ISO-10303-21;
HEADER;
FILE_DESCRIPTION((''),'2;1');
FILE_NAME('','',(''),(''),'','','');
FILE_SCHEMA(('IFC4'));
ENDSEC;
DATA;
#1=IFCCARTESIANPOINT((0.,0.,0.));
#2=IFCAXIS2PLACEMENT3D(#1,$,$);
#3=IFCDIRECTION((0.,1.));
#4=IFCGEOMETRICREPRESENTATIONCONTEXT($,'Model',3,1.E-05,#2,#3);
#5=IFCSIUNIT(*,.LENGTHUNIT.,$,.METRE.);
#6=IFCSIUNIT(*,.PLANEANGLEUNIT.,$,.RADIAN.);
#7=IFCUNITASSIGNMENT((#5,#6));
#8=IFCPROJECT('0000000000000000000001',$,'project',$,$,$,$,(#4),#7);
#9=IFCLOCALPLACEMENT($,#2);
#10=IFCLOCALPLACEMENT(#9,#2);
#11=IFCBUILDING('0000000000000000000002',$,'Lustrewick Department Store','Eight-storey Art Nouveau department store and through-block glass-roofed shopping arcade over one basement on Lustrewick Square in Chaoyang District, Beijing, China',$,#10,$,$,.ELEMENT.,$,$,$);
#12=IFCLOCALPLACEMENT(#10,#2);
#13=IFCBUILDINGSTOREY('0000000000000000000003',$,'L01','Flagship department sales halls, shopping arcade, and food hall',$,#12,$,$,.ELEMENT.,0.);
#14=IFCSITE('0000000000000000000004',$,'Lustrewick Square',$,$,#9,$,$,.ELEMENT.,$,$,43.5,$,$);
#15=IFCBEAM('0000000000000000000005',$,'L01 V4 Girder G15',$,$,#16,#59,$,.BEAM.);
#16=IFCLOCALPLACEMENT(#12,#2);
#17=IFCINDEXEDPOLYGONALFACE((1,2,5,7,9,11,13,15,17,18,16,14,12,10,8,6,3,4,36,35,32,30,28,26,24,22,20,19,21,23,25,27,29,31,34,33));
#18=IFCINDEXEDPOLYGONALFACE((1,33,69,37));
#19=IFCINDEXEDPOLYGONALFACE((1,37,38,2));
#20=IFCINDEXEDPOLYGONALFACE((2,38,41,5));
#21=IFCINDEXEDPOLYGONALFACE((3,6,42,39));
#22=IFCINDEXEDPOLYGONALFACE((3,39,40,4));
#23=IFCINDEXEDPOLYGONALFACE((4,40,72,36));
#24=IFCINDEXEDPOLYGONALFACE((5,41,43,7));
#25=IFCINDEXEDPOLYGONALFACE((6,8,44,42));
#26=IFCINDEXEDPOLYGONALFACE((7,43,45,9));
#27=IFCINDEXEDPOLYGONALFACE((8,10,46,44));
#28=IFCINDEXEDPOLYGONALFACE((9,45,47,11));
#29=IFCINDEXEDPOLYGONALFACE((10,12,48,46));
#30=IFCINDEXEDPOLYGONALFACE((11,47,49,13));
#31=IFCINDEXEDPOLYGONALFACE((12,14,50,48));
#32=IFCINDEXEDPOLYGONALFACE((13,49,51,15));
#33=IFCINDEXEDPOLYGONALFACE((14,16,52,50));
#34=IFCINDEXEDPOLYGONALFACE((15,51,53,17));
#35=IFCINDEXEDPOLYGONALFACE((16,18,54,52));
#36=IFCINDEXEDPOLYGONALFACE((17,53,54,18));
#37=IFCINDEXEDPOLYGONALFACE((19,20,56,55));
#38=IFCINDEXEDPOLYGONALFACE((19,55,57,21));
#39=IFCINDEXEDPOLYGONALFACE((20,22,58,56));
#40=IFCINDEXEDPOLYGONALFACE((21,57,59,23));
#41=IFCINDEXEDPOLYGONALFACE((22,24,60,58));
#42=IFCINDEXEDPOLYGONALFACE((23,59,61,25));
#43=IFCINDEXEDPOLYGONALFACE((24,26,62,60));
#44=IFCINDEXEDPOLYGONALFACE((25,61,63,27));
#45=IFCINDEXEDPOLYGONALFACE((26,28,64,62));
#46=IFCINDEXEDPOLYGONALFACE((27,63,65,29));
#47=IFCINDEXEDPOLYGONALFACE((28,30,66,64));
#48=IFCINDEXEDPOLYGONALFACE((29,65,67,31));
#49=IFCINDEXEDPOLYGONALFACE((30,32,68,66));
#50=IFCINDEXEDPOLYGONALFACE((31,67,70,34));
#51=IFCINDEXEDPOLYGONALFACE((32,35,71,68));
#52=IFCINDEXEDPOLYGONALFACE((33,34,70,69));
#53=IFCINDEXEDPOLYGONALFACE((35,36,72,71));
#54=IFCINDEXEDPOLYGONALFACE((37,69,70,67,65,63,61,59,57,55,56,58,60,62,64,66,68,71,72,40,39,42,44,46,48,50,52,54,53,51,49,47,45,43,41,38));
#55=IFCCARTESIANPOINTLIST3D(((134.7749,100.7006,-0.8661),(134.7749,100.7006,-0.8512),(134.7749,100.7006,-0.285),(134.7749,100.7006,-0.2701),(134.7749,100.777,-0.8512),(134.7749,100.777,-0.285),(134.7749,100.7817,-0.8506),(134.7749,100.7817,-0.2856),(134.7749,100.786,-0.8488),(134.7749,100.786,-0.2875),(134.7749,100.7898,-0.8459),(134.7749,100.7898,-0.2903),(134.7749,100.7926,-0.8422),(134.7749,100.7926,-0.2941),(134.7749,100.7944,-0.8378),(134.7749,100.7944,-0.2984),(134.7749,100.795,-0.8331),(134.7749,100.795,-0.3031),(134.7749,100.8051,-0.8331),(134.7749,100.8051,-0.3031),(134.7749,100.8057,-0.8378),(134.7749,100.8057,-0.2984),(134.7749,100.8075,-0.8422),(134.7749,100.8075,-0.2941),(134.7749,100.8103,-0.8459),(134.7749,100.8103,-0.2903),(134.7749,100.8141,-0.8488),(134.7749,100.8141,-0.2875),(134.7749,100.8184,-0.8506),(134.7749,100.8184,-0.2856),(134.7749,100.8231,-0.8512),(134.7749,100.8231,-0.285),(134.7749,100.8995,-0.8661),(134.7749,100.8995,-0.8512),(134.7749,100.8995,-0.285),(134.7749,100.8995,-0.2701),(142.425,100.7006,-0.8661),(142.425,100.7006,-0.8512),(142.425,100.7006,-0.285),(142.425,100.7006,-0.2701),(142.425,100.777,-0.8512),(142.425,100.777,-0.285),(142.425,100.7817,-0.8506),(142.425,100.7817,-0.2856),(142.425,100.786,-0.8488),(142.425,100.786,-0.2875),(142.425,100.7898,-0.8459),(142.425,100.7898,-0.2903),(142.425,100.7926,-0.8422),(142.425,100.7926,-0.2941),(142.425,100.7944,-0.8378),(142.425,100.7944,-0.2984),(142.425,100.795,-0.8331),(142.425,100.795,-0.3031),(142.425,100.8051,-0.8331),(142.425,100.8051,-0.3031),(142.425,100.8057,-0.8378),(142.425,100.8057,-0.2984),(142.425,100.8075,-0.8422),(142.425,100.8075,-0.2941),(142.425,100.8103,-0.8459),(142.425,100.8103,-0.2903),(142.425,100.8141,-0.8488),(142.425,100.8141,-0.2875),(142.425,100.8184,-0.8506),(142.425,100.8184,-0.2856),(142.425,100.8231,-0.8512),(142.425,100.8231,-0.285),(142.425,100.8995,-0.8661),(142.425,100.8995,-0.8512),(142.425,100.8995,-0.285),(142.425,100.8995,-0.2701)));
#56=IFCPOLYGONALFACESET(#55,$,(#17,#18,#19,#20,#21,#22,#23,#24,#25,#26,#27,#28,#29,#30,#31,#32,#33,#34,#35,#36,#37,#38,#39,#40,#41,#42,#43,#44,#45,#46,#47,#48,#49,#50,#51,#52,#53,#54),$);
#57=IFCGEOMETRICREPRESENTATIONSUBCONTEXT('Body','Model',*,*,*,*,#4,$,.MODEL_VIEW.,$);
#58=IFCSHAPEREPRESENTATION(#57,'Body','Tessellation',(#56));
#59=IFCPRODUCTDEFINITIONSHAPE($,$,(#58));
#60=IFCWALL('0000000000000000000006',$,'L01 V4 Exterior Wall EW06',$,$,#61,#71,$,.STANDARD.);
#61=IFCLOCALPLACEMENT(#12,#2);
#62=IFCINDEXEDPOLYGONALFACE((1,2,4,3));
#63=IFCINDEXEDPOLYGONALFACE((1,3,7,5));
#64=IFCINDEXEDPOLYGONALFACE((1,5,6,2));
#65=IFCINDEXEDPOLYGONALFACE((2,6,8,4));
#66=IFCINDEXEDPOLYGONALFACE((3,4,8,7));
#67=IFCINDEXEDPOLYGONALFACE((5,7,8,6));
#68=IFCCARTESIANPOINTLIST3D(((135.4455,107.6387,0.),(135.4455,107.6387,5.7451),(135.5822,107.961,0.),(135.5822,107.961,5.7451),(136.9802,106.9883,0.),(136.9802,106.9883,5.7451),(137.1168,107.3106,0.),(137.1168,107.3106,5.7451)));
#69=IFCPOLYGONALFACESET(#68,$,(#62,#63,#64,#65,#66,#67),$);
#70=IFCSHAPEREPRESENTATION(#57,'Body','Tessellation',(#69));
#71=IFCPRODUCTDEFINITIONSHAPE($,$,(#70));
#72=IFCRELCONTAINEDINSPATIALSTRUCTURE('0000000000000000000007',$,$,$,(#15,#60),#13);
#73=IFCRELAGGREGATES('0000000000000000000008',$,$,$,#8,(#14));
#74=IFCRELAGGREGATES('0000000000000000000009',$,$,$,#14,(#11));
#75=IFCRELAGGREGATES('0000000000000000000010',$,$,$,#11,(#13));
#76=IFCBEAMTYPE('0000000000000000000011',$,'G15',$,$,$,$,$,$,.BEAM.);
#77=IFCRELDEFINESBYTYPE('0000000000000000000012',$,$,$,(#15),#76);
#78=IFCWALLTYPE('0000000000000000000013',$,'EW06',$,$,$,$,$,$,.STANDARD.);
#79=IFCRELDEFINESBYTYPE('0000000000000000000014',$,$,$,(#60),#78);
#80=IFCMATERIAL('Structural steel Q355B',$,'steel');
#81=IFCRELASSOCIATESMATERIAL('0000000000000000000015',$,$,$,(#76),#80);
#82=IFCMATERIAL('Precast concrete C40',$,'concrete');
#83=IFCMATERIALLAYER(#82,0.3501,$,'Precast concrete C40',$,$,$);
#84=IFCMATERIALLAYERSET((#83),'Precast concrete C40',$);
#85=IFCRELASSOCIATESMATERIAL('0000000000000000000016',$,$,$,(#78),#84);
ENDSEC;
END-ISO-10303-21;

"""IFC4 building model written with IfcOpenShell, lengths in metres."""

from ifc_helpers import new_model, si_unit, direction, frame, frame_2d, origin, origin_2d, place, context, subcontext, project, spatial, rectangle, i_section, extrude, material, layer, layer_set, material_profile, profile_set, type_object, element, save


model = new_model("IFC4")

# Units and contexts
model_context = context("Model", 3, precision=1e-05, world=origin(), true_north=direction((0.0, 1.0)))
body_context = subcontext(model_context, "Body", "Model", "MODEL_VIEW")
ifc_project = project(units=[si_unit("LENGTHUNIT", "METRE"), si_unit("PLANEANGLEUNIT", "RADIAN")], contexts=[model_context])

# Site, building, storey
site_placement = place(None, origin())
site = spatial("IfcSite", under=ifc_project, at=site_placement, Name="Lustrewick Square", CompositionType="ELEMENT", RefElevation=43.5)
building_placement = place(site_placement, origin())
building = spatial("IfcBuilding", under=site, at=building_placement, Name="Lustrewick Department Store", Description="Eight-storey Art Nouveau department store and through-block glass-roofed shopping arcade over one basement on Lustrewick Square in Chaoyang District, Beijing, China", CompositionType="ELEMENT")
storey_placement = place(building_placement, origin())
storey = spatial("IfcBuildingStorey", under=building, at=storey_placement, Name="L01", Description="Flagship department sales halls, shopping arcade, and food hall", CompositionType="ELEMENT", Elevation=0.0)

# Shared definitions
ifc_material_1 = material(Name="Structural steel Q355B", Category="steel")

# Beam
ifc_material_profile_1 = material_profile(ifc_material_1, i_section(OverallWidth=0.199, OverallDepth=0.5959, WebThickness=0.01, FlangeThickness=0.0149, FilletRadius=0.0181, at=origin_2d()), Name="HN 596x199x10x15")
ifc_profile_set_1 = profile_set([ifc_material_profile_1], Name="Structural steel Q355B")
beam_type_1 = type_object("IfcBeamType", Name="G15", PredefinedType="BEAM", material=ifc_profile_set_1)
beam_1_placement = place(storey_placement, frame((134.7749, 100.8, -0.5681), z_axis=(1.0, 0.0, 0.0), x_axis=(0.0, 1.0, 0.0)))
element("IfcBeam", 1, at=beam_1_placement, inside=storey, type_object=beam_type_1, Name="L01 V4 Girder G15", PredefinedType="BEAM", context=body_context, shape_type="SweptSolid", body=[
    extrude(i_section(OverallWidth=0.199, OverallDepth=0.5959, WebThickness=0.01, FlangeThickness=0.0149, FilletRadius=0.0181, at=origin_2d()), origin(), (0.0, 0.0, 1.0), 7.6501),
])

# Wall
ifc_material_2 = material(Name="Precast concrete C40", Category="concrete")
ifc_layer_1 = layer(ifc_material_2, 0.3501, Name="Precast concrete C40")
ifc_layer_set_1 = layer_set([ifc_layer_1], Name="Precast concrete C40")
wall_type = type_object("IfcWallType", Name="EW06", PredefinedType="STANDARD", material=ifc_layer_set_1)
wall_placement = place(storey_placement, frame((137.0486, 107.1494, 0.0), z_axis=(0.0, 0.0, 1.0), x_axis=(-0.920729, 0.390204, 0.0)))
element("IfcWall", 2, at=wall_placement, inside=storey, type_object=wall_type, Name="L01 V4 Exterior Wall EW06", PredefinedType="STANDARD", context=body_context, shape_type="SweptSolid", body=[
    extrude(rectangle(XDim=1.6667, YDim=0.3501, at=frame_2d((0.8335, 0.0))), origin(), (0.0, 0.0, 1.0), 5.7451),
])

save(model, "model.ifc")
